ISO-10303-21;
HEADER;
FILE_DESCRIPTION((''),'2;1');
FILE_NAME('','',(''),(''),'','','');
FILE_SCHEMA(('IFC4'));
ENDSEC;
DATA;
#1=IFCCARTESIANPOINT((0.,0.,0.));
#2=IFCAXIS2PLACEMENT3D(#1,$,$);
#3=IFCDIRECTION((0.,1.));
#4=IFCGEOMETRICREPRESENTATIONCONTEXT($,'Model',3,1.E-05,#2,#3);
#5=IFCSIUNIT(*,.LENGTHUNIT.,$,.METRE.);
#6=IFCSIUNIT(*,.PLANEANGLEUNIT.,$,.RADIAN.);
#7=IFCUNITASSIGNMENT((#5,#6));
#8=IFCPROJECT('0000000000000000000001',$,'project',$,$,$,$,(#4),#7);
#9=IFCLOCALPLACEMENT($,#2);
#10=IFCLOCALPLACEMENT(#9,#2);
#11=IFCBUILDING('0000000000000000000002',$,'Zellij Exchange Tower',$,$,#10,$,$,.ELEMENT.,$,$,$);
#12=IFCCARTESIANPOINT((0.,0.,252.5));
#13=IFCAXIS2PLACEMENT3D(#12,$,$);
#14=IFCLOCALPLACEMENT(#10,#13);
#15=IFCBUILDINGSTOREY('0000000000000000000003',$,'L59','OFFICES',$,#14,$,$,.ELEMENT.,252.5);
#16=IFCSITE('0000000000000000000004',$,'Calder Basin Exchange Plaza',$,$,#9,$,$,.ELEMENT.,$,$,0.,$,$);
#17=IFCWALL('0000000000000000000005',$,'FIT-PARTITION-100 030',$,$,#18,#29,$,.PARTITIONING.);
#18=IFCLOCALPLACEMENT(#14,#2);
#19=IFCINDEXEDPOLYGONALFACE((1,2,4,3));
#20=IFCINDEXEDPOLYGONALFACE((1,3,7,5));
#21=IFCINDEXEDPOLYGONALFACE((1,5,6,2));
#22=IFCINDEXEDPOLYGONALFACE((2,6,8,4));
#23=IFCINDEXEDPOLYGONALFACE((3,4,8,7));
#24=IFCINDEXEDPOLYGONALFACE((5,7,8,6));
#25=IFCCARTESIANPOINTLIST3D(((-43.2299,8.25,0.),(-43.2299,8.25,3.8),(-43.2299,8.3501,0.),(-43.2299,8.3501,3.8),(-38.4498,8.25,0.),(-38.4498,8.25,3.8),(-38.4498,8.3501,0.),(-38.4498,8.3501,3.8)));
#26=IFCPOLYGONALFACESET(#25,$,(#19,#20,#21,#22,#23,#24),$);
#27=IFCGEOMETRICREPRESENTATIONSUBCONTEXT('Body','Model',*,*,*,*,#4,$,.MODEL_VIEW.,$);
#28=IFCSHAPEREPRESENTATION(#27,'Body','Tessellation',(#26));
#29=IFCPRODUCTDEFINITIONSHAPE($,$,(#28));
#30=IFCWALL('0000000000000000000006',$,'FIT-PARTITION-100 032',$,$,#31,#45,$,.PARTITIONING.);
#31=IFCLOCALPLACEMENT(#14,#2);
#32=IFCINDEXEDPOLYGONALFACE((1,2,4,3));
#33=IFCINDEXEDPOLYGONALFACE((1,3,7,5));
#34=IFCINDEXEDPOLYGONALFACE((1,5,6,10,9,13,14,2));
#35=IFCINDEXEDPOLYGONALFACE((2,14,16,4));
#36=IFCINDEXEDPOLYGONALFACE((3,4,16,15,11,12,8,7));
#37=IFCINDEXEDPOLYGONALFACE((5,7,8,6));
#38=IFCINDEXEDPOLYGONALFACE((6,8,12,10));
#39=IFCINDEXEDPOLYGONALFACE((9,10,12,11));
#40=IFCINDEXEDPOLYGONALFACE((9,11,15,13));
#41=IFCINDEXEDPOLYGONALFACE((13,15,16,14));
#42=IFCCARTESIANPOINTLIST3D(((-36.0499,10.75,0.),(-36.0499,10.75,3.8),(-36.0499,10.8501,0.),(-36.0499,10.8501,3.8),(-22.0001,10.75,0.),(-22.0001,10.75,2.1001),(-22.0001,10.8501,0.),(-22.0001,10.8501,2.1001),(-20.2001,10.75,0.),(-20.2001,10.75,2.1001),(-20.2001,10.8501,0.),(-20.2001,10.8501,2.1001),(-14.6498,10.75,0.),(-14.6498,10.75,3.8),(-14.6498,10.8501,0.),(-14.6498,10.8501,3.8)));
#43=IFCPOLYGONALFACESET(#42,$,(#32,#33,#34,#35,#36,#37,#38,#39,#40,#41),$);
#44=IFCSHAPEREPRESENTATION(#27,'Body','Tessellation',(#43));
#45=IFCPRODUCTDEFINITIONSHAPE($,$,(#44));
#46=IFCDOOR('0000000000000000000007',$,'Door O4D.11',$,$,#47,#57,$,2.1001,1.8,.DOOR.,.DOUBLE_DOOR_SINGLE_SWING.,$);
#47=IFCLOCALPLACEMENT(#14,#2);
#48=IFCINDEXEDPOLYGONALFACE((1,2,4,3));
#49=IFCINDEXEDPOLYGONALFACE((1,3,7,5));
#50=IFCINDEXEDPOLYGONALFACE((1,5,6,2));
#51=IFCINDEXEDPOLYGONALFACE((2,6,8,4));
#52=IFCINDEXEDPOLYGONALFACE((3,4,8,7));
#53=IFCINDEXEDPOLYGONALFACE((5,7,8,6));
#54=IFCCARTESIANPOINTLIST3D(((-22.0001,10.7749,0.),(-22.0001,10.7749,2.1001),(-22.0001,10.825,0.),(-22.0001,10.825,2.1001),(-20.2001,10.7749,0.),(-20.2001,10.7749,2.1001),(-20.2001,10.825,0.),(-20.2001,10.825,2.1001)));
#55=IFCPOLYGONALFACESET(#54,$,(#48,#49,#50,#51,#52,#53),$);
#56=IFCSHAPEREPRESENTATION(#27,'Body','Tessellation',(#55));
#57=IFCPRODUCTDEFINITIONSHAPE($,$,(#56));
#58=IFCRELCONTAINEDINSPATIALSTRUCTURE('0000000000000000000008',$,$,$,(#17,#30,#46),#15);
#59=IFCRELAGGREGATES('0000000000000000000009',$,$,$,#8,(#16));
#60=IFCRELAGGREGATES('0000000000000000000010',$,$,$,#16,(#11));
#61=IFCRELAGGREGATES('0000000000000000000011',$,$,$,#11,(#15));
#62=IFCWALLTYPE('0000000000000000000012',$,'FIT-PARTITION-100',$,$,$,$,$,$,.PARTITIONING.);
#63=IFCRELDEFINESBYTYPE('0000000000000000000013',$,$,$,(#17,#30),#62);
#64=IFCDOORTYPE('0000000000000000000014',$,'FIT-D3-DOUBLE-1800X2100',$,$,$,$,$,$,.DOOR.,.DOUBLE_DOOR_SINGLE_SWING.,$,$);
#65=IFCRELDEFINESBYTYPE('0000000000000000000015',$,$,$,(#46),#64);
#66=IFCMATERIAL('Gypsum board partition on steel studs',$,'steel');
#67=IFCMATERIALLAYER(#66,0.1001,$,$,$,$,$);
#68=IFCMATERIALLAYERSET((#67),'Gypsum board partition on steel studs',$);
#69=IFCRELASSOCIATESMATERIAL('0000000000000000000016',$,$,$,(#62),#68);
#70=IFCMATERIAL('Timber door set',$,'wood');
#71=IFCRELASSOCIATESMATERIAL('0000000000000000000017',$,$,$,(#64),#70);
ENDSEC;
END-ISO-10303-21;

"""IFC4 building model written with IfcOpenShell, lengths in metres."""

from ifc_helpers import new_model, si_unit, direction, frame, frame_2d, origin, place, context, subcontext, project, spatial, rectangle, extrude, material, layer, layer_set, type_object, element, fill, save


model = new_model("IFC4")

# Units and contexts
model_context = context("Model", 3, precision=1e-05, world=origin(), true_north=direction((0.0, 1.0)))
body_context = subcontext(model_context, "Body", "Model", "MODEL_VIEW")
ifc_project = project(units=[si_unit("LENGTHUNIT", "METRE"), si_unit("PLANEANGLEUNIT", "RADIAN")], contexts=[model_context])

# Site, building, storey
site_placement = place(None, origin())
site = spatial("IfcSite", under=ifc_project, at=site_placement, Name="Calder Basin Exchange Plaza", CompositionType="ELEMENT", RefElevation=0.0)
building_placement = place(site_placement, origin())
building = spatial("IfcBuilding", under=site, at=building_placement, Name="Zellij Exchange Tower", CompositionType="ELEMENT")
storey_placement = place(building_placement, frame((0.0, 0.0, 252.5)))
storey = spatial("IfcBuildingStorey", under=building, at=storey_placement, Name="L59", Description="OFFICES", CompositionType="ELEMENT", Elevation=252.5)

# Shared definitions
ifc_material_1 = material(Name="Gypsum board partition on steel studs", Category="steel")
ifc_layer_1 = layer(ifc_material_1, 0.1001)
ifc_layer_set_1 = layer_set([ifc_layer_1], Name="Gypsum board partition on steel studs")
wall_type_1 = type_object("IfcWallType", Name="FIT-PARTITION-100", PredefinedType="PARTITIONING", material=ifc_layer_set_1)

# Shared definitions
ifc_material_2 = material(Name="Timber door set", Category="wood")

# Wall
wall_1_placement = place(storey_placement, frame((-43.23, 8.3, 0.0), z_axis=(0.0, 0.0, 1.0), x_axis=(1.0, 0.0, 0.0)))
element("IfcWall", 1, at=wall_1_placement, inside=storey, type_object=wall_type_1, Name="FIT-PARTITION-100 030", PredefinedType="PARTITIONING", context=body_context, shape_type="SweptSolid", body=[
    extrude(rectangle(XDim=4.78, YDim=0.1001, at=frame_2d((2.3901, 0.0))), origin(), (0.0, 0.0, 1.0), 3.8),
])

# Wall, opening, door
wall_2_placement = place(storey_placement, frame((-36.05, 10.8, 0.0), z_axis=(0.0, 0.0, 1.0), x_axis=(1.0, 0.0, 0.0)))
wall_2 = element("IfcWall", 2, at=wall_2_placement, inside=storey, type_object=wall_type_1, Name="FIT-PARTITION-100 032", PredefinedType="PARTITIONING", context=body_context, shape_type="SweptSolid", body=[
    extrude(rectangle(XDim=21.4001, YDim=0.1001, at=frame_2d((10.7002, 0.0))), origin(), (0.0, 0.0, 1.0), 3.8),
])
opening_1_placement = place(wall_2_placement, frame((14.05, 0.0, 0.0)))
opening_1 = element("IfcOpeningElement", 3, at=opening_1_placement, cuts=wall_2, PredefinedType="OPENING", context=body_context, shape_type="SweptSolid", body=[
    extrude(rectangle(XDim=1.8, YDim=2.1001, at=frame_2d((0.8999, 1.05))), frame((0.0, 0.062, 0.0), z_axis=(0.0, -1.0, 0.0), x_axis=(1.0, 0.0, 0.0)), (0.0, 0.0, 1.0), 0.124),
])
door_type_1 = type_object("IfcDoorType", Name="FIT-D3-DOUBLE-1800X2100", OperationType="DOUBLE_DOOR_SINGLE_SWING", PredefinedType="DOOR", material=ifc_material_2)
door_1_placement = place(opening_1_placement, origin())
door_1 = element("IfcDoor", 4, at=door_1_placement, inside=storey, type_object=door_type_1, Name="Door O4D.11", OperationType="DOUBLE_DOOR_SINGLE_SWING", OverallHeight=2.1001, OverallWidth=1.8, PredefinedType="DOOR", context=body_context, shape_type="SweptSolid", body=[
    extrude(rectangle(XDim=1.8, YDim=2.1001, at=frame_2d((0.8999, 1.05))), frame((0.0, 0.0249, 0.0), z_axis=(0.0, -1.0, 0.0), x_axis=(1.0, 0.0, 0.0)), (0.0, 0.0, 1.0), 0.05),
])
fill(opening_1, door_1)

save(model, "model.ifc")
